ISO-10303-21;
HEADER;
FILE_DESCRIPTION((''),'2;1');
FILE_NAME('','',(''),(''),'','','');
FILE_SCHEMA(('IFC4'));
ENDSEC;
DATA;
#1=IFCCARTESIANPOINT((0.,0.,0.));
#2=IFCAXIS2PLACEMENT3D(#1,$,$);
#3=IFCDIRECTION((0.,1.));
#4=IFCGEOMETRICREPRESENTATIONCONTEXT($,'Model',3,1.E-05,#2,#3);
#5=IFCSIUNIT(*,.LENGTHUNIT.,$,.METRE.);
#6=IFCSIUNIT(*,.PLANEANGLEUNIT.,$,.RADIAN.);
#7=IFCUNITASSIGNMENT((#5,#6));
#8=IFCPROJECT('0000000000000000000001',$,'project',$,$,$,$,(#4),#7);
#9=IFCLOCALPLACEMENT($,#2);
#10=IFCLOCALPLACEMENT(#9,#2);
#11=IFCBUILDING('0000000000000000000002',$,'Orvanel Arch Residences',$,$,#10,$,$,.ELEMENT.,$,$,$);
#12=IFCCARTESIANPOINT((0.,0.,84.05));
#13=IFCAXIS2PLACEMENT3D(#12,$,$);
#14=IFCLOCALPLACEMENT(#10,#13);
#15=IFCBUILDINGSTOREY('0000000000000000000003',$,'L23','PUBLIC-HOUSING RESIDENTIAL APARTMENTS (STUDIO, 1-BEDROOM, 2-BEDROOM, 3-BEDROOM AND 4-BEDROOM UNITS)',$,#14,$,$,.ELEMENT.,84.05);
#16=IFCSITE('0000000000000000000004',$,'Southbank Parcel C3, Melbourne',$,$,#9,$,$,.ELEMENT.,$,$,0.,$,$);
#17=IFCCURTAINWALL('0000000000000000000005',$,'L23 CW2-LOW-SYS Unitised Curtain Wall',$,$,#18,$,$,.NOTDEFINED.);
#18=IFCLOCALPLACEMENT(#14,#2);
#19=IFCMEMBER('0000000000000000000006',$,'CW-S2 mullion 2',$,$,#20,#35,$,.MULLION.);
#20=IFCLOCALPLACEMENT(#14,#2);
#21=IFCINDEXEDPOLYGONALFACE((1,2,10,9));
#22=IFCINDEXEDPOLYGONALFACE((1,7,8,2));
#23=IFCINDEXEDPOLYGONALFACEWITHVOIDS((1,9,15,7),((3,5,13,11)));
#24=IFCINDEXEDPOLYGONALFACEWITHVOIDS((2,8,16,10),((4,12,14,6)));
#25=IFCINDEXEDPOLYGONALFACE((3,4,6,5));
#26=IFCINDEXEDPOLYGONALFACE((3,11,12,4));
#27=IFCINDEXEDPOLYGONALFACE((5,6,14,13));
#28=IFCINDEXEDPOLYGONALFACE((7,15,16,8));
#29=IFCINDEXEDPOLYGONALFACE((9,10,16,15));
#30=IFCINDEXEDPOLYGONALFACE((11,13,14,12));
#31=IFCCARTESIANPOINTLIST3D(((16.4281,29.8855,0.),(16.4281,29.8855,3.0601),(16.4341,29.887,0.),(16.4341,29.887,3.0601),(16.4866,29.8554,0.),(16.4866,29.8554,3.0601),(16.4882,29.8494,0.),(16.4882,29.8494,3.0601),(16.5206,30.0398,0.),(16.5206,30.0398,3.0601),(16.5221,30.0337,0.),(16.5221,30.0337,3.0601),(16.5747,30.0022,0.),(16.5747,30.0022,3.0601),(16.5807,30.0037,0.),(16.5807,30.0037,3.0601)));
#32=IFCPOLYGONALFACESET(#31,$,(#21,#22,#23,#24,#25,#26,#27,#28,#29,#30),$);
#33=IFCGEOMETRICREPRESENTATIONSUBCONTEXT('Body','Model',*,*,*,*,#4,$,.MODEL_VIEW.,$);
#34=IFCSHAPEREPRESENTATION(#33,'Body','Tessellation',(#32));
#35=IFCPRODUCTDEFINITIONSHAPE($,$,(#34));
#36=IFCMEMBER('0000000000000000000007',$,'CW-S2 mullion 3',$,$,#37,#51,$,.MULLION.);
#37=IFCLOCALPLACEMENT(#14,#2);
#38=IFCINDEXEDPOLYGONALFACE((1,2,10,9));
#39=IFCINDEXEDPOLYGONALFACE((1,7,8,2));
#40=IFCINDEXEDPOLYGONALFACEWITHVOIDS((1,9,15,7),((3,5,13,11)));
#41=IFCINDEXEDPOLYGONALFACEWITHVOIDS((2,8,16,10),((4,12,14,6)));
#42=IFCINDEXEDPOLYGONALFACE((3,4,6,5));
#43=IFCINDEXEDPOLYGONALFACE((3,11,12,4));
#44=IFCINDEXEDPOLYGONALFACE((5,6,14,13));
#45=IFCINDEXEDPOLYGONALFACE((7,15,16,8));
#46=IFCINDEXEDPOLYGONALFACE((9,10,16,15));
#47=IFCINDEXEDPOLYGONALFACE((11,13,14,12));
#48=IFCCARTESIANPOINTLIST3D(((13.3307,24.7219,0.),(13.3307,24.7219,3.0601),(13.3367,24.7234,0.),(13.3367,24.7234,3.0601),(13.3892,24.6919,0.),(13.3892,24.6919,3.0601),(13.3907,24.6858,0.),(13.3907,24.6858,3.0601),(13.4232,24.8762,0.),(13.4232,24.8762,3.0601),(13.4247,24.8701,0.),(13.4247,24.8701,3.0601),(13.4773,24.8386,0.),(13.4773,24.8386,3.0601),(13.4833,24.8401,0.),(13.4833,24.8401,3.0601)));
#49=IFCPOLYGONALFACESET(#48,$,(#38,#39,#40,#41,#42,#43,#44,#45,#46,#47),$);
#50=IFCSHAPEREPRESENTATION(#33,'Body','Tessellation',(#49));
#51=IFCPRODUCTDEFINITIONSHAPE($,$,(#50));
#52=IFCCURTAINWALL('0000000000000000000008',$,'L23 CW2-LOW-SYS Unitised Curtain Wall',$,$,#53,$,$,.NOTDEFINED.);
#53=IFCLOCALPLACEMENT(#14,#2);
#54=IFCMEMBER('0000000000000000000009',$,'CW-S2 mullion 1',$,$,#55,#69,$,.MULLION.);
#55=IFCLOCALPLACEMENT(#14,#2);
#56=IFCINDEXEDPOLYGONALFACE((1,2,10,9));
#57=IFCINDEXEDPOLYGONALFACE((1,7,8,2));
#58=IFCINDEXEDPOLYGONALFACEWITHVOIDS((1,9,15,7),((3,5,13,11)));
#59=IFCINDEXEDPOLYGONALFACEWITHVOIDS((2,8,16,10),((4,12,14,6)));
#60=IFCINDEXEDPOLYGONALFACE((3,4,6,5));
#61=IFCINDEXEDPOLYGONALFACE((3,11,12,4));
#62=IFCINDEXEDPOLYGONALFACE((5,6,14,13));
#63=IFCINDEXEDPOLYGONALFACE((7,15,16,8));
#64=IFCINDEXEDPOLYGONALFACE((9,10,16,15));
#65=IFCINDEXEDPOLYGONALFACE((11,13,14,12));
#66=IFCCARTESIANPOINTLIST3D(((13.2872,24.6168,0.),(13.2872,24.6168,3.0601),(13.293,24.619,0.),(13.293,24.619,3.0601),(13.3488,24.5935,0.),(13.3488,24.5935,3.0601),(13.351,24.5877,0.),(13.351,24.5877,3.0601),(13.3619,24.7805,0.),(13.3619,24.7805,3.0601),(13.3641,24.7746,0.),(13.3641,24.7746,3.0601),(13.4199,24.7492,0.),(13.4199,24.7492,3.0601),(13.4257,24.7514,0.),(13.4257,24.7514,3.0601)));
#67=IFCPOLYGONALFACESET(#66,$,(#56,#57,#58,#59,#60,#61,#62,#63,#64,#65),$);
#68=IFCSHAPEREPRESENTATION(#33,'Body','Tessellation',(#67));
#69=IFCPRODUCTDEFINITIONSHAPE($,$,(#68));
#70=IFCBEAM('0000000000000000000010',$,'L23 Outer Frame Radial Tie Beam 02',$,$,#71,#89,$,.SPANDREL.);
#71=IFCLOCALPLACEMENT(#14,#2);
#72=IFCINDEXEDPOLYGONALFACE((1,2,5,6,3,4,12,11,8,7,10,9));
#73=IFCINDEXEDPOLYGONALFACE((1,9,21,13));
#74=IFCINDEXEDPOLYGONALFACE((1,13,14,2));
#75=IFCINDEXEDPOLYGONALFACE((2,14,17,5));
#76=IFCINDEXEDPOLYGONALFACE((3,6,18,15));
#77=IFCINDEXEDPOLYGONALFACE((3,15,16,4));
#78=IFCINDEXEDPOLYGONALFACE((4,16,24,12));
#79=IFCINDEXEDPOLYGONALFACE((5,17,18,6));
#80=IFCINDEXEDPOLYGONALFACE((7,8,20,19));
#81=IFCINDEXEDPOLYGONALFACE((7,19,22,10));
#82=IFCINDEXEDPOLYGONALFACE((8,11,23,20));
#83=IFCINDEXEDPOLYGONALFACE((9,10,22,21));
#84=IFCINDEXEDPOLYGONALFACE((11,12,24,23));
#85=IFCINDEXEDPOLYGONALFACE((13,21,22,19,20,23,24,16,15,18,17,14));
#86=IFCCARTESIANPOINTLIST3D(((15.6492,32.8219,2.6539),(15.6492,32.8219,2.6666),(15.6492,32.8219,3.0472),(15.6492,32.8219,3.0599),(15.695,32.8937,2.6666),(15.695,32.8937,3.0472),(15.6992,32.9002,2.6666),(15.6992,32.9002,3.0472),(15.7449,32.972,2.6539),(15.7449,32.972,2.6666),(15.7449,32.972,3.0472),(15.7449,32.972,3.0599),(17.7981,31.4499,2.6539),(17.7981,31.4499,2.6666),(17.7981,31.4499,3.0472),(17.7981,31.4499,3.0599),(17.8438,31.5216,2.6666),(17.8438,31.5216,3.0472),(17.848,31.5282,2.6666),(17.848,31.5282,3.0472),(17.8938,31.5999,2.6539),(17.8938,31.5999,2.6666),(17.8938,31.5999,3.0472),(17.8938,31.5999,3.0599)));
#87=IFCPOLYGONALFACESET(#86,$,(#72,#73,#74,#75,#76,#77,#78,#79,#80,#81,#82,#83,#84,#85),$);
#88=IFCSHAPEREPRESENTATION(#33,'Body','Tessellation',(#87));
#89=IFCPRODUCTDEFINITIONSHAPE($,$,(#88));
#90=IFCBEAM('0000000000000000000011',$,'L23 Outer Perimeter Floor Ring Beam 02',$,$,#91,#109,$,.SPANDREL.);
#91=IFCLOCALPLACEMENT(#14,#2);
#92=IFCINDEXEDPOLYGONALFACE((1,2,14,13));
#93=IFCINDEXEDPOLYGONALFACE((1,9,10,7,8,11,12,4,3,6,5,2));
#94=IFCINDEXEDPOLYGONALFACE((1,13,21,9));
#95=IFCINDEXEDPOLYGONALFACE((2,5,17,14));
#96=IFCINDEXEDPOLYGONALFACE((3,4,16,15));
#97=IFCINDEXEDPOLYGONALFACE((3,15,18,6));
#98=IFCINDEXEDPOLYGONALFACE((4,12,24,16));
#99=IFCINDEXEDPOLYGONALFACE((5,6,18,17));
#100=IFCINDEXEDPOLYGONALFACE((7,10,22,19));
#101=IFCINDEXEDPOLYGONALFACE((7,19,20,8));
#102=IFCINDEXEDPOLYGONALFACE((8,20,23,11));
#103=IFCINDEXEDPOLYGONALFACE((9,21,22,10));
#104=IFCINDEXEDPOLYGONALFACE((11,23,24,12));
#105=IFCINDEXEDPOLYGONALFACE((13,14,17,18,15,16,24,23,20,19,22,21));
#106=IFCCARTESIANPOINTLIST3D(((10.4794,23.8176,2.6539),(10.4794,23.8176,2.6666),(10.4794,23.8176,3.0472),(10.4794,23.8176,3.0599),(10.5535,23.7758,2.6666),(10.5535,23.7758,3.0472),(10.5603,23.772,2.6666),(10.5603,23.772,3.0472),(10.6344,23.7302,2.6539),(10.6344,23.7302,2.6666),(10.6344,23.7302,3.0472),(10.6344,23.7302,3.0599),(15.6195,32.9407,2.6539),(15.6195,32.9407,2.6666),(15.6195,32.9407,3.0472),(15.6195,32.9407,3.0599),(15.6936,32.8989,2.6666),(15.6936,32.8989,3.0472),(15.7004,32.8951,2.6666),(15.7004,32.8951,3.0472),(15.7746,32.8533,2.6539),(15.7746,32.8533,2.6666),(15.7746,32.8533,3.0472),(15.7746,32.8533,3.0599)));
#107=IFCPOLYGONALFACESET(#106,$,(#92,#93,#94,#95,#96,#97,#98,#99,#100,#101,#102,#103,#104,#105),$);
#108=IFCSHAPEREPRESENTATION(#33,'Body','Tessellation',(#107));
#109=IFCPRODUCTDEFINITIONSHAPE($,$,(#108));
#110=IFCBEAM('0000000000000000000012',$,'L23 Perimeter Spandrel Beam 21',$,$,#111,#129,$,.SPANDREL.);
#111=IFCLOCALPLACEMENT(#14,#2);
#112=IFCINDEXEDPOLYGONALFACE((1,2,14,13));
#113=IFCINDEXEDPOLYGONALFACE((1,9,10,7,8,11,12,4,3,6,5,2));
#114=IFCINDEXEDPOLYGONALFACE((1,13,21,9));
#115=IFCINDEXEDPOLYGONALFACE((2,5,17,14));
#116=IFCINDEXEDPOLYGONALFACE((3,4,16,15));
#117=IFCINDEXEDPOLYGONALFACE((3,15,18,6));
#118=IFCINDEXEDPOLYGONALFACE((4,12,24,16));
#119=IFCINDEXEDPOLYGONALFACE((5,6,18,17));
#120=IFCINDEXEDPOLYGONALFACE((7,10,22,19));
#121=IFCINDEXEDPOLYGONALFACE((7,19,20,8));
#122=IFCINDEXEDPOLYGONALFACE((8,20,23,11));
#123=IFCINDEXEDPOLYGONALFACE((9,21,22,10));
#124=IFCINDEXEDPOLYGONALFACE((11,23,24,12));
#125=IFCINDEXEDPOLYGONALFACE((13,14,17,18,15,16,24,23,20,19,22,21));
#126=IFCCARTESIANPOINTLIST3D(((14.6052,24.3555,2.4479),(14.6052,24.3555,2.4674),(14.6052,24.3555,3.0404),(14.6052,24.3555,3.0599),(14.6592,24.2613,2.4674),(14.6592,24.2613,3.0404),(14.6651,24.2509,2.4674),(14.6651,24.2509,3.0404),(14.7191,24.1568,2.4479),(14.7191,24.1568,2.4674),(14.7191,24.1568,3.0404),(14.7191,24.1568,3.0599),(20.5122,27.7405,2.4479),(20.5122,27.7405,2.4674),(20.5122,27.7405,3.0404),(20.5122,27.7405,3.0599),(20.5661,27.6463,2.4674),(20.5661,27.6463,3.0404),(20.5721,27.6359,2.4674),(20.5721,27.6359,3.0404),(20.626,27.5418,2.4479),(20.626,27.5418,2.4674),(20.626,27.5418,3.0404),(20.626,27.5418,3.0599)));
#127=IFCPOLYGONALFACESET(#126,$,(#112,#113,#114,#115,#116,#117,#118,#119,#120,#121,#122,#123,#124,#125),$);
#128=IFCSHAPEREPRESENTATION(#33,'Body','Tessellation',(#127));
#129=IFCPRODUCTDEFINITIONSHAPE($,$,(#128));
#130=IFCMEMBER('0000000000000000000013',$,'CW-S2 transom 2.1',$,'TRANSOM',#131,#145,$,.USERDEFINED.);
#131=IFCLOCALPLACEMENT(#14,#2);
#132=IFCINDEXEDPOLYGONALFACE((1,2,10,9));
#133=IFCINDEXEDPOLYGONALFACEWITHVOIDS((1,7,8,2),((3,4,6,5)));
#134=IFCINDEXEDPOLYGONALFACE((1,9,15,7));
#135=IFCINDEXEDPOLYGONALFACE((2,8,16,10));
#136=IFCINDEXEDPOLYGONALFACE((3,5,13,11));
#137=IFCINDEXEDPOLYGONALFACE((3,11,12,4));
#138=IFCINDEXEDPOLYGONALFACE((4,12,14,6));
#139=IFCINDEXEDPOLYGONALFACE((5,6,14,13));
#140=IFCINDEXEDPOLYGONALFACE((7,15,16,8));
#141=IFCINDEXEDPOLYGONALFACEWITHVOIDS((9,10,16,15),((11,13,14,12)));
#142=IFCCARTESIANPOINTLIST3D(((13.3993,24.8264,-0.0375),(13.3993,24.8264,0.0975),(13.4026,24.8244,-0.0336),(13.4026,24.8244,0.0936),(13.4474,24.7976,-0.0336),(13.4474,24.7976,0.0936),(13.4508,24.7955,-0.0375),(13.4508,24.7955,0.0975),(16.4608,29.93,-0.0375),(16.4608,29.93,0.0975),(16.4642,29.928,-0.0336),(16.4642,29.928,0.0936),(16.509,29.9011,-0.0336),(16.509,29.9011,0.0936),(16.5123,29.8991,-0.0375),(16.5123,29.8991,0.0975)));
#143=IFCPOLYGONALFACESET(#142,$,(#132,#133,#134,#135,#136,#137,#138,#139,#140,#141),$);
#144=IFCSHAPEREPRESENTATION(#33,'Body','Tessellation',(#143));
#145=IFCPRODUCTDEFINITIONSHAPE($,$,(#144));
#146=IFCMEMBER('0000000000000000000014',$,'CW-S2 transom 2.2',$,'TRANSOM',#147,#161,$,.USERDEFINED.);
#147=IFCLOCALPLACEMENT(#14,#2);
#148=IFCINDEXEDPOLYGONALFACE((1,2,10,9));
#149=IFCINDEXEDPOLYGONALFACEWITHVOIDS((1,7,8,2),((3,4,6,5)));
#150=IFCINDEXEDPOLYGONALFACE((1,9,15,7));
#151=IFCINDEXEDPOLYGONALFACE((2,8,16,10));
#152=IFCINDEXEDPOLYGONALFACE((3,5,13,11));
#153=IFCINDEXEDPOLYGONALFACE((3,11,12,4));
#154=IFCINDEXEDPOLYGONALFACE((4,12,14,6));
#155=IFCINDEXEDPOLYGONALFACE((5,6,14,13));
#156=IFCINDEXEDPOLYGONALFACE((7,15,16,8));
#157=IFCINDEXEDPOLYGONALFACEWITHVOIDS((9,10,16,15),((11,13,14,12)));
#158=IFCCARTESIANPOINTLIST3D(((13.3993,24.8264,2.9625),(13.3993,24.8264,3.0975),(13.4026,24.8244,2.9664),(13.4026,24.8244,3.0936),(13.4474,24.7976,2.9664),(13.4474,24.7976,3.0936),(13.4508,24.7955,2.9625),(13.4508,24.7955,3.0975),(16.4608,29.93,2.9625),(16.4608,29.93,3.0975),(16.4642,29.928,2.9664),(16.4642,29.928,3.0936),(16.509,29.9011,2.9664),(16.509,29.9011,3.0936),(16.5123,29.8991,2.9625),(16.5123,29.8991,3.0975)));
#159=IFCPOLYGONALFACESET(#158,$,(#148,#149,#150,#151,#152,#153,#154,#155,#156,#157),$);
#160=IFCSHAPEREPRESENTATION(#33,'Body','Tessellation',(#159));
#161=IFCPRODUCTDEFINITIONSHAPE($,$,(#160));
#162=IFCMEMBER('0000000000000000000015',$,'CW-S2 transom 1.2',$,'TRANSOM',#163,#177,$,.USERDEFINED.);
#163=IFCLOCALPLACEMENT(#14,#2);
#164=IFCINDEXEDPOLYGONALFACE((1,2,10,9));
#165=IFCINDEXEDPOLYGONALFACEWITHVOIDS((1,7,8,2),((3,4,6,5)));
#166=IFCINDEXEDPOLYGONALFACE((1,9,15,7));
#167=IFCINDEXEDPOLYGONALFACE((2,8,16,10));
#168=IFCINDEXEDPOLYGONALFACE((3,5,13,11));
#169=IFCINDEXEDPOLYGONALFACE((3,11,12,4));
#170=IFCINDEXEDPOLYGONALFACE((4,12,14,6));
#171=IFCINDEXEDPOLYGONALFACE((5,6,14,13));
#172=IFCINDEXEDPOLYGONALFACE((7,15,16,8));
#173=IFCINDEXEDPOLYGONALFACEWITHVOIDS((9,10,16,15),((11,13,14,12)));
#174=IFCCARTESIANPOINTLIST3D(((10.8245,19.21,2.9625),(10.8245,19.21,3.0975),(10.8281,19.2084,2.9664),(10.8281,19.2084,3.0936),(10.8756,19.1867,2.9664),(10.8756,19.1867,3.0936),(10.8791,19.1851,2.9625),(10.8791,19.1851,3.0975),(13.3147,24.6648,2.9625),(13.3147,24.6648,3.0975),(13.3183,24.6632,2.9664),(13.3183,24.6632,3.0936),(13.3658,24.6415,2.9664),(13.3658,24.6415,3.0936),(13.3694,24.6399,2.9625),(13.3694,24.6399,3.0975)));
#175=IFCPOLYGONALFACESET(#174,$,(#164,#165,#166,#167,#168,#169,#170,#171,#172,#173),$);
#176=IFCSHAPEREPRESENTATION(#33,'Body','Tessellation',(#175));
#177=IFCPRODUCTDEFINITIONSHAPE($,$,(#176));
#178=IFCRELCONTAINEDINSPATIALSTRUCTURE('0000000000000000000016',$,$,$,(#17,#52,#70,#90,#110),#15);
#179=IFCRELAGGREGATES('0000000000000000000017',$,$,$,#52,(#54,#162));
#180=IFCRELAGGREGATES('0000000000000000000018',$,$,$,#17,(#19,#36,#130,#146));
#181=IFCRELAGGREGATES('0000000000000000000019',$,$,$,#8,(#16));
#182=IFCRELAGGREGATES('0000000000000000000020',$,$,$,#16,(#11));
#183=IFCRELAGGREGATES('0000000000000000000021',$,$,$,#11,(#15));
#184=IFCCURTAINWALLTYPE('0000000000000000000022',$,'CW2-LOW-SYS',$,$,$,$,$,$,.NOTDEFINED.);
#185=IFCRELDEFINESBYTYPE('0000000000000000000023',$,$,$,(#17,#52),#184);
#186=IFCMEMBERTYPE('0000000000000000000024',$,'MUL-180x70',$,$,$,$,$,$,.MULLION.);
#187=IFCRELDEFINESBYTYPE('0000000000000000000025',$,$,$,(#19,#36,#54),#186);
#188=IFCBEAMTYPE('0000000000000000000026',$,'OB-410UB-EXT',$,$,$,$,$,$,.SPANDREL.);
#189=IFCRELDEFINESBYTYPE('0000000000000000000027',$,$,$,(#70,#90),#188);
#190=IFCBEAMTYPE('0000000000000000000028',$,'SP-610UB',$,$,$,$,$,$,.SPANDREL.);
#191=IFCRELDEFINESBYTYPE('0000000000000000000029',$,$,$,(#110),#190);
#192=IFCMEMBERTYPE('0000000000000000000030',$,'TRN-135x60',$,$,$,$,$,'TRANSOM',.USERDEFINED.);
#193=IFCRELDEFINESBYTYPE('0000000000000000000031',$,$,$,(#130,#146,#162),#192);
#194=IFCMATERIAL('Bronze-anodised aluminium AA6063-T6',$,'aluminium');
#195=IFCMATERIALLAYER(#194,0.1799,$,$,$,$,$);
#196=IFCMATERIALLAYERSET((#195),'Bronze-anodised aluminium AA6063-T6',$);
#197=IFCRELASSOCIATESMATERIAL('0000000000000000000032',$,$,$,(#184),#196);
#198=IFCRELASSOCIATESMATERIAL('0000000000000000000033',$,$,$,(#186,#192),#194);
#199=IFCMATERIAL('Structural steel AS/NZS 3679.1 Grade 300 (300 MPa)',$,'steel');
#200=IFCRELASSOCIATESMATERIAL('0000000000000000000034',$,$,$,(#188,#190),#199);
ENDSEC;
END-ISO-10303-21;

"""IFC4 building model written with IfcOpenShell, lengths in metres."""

from ifc_helpers import new_model, si_unit, direction, frame, origin, origin_2d, place, context, subcontext, project, spatial, hollow_rectangle, i_section, extrude, material, layer, layer_set, material_profile, profile_set, type_object, element, aggregate, save


model = new_model("IFC4")

# Units and contexts
model_context = context("Model", 3, precision=1e-05, world=origin(), true_north=direction((0.0, 1.0)))
body_context = subcontext(model_context, "Body", "Model", "MODEL_VIEW")
ifc_project = project(units=[si_unit("LENGTHUNIT", "METRE"), si_unit("PLANEANGLEUNIT", "RADIAN")], contexts=[model_context])

# Site, building, storey
site_placement = place(None, origin())
site = spatial("IfcSite", under=ifc_project, at=site_placement, Name="Southbank Parcel C3, Melbourne", CompositionType="ELEMENT", RefElevation=0.0)
building_placement = place(site_placement, origin())
building = spatial("IfcBuilding", under=site, at=building_placement, Name="Orvanel Arch Residences", CompositionType="ELEMENT")
storey_placement = place(building_placement, frame((0.0, 0.0, 84.05)))
storey = spatial("IfcBuildingStorey", under=building, at=storey_placement, Name="L23", Description="PUBLIC-HOUSING RESIDENTIAL APARTMENTS (STUDIO, 1-BEDROOM, 2-BEDROOM, 3-BEDROOM AND 4-BEDROOM UNITS)", CompositionType="ELEMENT", Elevation=84.05)

# Shared definitions
ifc_material_1 = material(Name="Structural steel AS/NZS 3679.1 Grade 300 (300 MPa)", Category="steel")

# Curtain wall, members
ifc_material_2 = material(Name="Bronze-anodised aluminium AA6063-T6", Category="aluminium")
ifc_layer_1 = layer(ifc_material_2, 0.1799)
ifc_layer_set_1 = layer_set([ifc_layer_1], Name="Bronze-anodised aluminium AA6063-T6")
curtain_wall_type = type_object("IfcCurtainWallType", Name="CW2-LOW-SYS", PredefinedType="NOTDEFINED", material=ifc_layer_set_1)
curtain_wall_1_placement = place(storey_placement, origin())
curtain_wall_1 = element("IfcCurtainWall", 1, at=curtain_wall_1_placement, inside=storey, type_object=curtain_wall_type, Name="L23 CW2-LOW-SYS Unitised Curtain Wall", PredefinedType="NOTDEFINED")
ifc_material_profile_1 = material_profile(ifc_material_2, hollow_rectangle(XDim=0.0701, YDim=0.1799, WallThickness=0.0044, at=origin_2d()), Name="ALU180x70x4.5")
ifc_profile_set_1 = profile_set([ifc_material_profile_1], Name="Bronze-anodised aluminium AA6063-T6")
member_type_1 = type_object("IfcMemberType", Name="MUL-180x70", PredefinedType="MULLION", material=ifc_profile_set_1)
member_1_placement = place(storey_placement, frame((16.5044, 29.9446, 0.0), z_axis=(0.0, 0.0, 1.0), x_axis=(0.857537, -0.514423, 0.0)))
member_1 = element("IfcMember", 2, at=member_1_placement, type_object=member_type_1, Name="CW-S2 mullion 2", PredefinedType="MULLION", context=body_context, shape_type="SweptSolid", body=[
    extrude(hollow_rectangle(XDim=0.0701, YDim=0.1799, WallThickness=0.0044, at=origin_2d()), origin(), (0.0, 0.0, 1.0), 3.0601),
])
member_2_placement = place(storey_placement, frame((13.407, 24.781, 0.0), z_axis=(0.0, 0.0, 1.0), x_axis=(0.857537, -0.514423, 0.0)))
member_2 = element("IfcMember", 3, at=member_2_placement, type_object=member_type_1, Name="CW-S2 mullion 3", PredefinedType="MULLION", context=body_context, shape_type="SweptSolid", body=[
    extrude(hollow_rectangle(XDim=0.0701, YDim=0.1799, WallThickness=0.0044, at=origin_2d()), origin(), (0.0, 0.0, 1.0), 3.0601),
])

# Curtain wall, member
curtain_wall_2_placement = place(storey_placement, origin())
curtain_wall_2 = element("IfcCurtainWall", 4, at=curtain_wall_2_placement, inside=storey, type_object=curtain_wall_type, Name="L23 CW2-LOW-SYS Unitised Curtain Wall", PredefinedType="NOTDEFINED")
member_3_placement = place(storey_placement, frame((13.3564, 24.6841, 0.0), z_axis=(0.0, 0.0, 1.0), x_axis=(0.909699, -0.415268, 0.0)))
member_3 = element("IfcMember", 5, at=member_3_placement, type_object=member_type_1, Name="CW-S2 mullion 1", PredefinedType="MULLION", context=body_context, shape_type="SweptSolid", body=[
    extrude(hollow_rectangle(XDim=0.0701, YDim=0.1799, WallThickness=0.0044, at=origin_2d()), origin(), (0.0, 0.0, 1.0), 3.0601),
])

# Beams
ifc_material_profile_2 = material_profile(ifc_material_1, i_section(OverallWidth=0.178, OverallDepth=0.406, WebThickness=0.0078, FlangeThickness=0.0127, at=origin_2d()), Name="410UB59.7")
ifc_profile_set_2 = profile_set([ifc_material_profile_2], Name="Structural steel AS/NZS 3679.1 Grade 300 (300 MPa)")
beam_type_1 = type_object("IfcBeamType", Name="OB-410UB-EXT", PredefinedType="SPANDREL", material=ifc_profile_set_2)
beam_1_placement = place(storey_placement, frame((17.8459, 31.5249, 2.8569), z_axis=(-0.842848, 0.538151, 0.0), x_axis=(-0.538151, -0.842848, 0.0)))
element("IfcBeam", 6, at=beam_1_placement, inside=storey, type_object=beam_type_1, Name="L23 Outer Frame Radial Tie Beam 02", PredefinedType="SPANDREL", context=body_context, shape_type="SweptSolid", body=[
    extrude(i_section(OverallWidth=0.178, OverallDepth=0.406, WebThickness=0.0078, FlangeThickness=0.0127, at=origin_2d()), origin(), (0.0, 0.0, 1.0), 2.5496),
])
beam_2_placement = place(storey_placement, frame((15.697, 32.897, 2.8569), z_axis=(-0.490872, -0.871232, 0.0), x_axis=(0.871232, -0.490872, 0.0)))
element("IfcBeam", 7, at=beam_2_placement, inside=storey, type_object=beam_type_1, Name="L23 Outer Perimeter Floor Ring Beam 02", PredefinedType="SPANDREL", context=body_context, shape_type="SweptSolid", body=[
    extrude(i_section(OverallWidth=0.178, OverallDepth=0.406, WebThickness=0.0078, FlangeThickness=0.0127, at=origin_2d()), origin(), (0.0, 0.0, 1.0), 10.4714),
])
ifc_material_profile_3 = material_profile(ifc_material_1, i_section(OverallWidth=0.229, OverallDepth=0.6121, WebThickness=0.012, FlangeThickness=0.0195, at=origin_2d()), Name="610UB125")
ifc_profile_set_3 = profile_set([ifc_material_profile_3], Name="Structural steel AS/NZS 3679.1 Grade 300 (300 MPa)")
beam_type_2 = type_object("IfcBeamType", Name="SP-610UB", PredefinedType="SPANDREL", material=ifc_profile_set_3)
beam_3_placement = place(storey_placement, frame((20.5691, 27.6411, 2.7539), z_axis=(-0.867636, -0.497201, 0.0), x_axis=(0.497201, -0.867636, 0.0)))
element("IfcBeam", 8, at=beam_3_placement, inside=storey, type_object=beam_type_2, Name="L23 Perimeter Spandrel Beam 21", PredefinedType="SPANDREL", context=body_context, shape_type="SweptSolid", body=[
    extrude(i_section(OverallWidth=0.229, OverallDepth=0.6121, WebThickness=0.012, FlangeThickness=0.0195, at=origin_2d()), origin(), (0.0, 0.0, 1.0), 6.8081),
])

# Members
ifc_material_profile_4 = material_profile(ifc_material_2, hollow_rectangle(XDim=0.0601, YDim=0.135, WallThickness=0.0039, at=origin_2d()), Name="ALU135x60x4")
ifc_profile_set_4 = profile_set([ifc_material_profile_4], Name="Bronze-anodised aluminium AA6063-T6")
member_type_2 = type_object("IfcMemberType", Name="TRN-135x60", ElementType="TRANSOM", PredefinedType="USERDEFINED", material=ifc_profile_set_4)
member_4_placement = place(storey_placement, frame((16.4866, 29.9146, 0.03), z_axis=(-0.514423, -0.857536, 0.0), x_axis=(0.857536, -0.514423, 0.0)))
member_4 = element("IfcMember", 9, at=member_4_placement, type_object=member_type_2, Name="CW-S2 transom 2.1", ObjectType="TRANSOM", PredefinedType="USERDEFINED", context=body_context, shape_type="SweptSolid", body=[
    extrude(hollow_rectangle(XDim=0.0601, YDim=0.135, WallThickness=0.0039, at=origin_2d()), origin(), (0.0, 0.0, 1.0), 5.9514),
])
member_5_placement = place(storey_placement, frame((16.4866, 29.9146, 3.03), z_axis=(-0.514423, -0.857536, 0.0), x_axis=(0.857536, -0.514423, 0.0)))
member_5 = element("IfcMember", 10, at=member_5_placement, type_object=member_type_2, Name="CW-S2 transom 2.2", ObjectType="TRANSOM", PredefinedType="USERDEFINED", context=body_context, shape_type="SweptSolid", body=[
    extrude(hollow_rectangle(XDim=0.0601, YDim=0.135, WallThickness=0.0039, at=origin_2d()), origin(), (0.0, 0.0, 1.0), 5.9514),
])
member_6_placement = place(storey_placement, frame((13.342, 24.6523, 3.03), z_axis=(-0.41529, -0.909689, 0.0), x_axis=(0.909689, -0.41529, 0.0)))
member_6 = element("IfcMember", 11, at=member_6_placement, type_object=member_type_2, Name="CW-S2 transom 1.2", ObjectType="TRANSOM", PredefinedType="USERDEFINED", context=body_context, shape_type="SweptSolid", body=[
    extrude(hollow_rectangle(XDim=0.0601, YDim=0.135, WallThickness=0.0039, at=origin_2d()), origin(), (0.0, 0.0, 1.0), 5.9963),
])
aggregate(curtain_wall_2, [member_3, member_6])

aggregate(curtain_wall_1, [member_1, member_2, member_4, member_5])

save(model, "model.ifc")
